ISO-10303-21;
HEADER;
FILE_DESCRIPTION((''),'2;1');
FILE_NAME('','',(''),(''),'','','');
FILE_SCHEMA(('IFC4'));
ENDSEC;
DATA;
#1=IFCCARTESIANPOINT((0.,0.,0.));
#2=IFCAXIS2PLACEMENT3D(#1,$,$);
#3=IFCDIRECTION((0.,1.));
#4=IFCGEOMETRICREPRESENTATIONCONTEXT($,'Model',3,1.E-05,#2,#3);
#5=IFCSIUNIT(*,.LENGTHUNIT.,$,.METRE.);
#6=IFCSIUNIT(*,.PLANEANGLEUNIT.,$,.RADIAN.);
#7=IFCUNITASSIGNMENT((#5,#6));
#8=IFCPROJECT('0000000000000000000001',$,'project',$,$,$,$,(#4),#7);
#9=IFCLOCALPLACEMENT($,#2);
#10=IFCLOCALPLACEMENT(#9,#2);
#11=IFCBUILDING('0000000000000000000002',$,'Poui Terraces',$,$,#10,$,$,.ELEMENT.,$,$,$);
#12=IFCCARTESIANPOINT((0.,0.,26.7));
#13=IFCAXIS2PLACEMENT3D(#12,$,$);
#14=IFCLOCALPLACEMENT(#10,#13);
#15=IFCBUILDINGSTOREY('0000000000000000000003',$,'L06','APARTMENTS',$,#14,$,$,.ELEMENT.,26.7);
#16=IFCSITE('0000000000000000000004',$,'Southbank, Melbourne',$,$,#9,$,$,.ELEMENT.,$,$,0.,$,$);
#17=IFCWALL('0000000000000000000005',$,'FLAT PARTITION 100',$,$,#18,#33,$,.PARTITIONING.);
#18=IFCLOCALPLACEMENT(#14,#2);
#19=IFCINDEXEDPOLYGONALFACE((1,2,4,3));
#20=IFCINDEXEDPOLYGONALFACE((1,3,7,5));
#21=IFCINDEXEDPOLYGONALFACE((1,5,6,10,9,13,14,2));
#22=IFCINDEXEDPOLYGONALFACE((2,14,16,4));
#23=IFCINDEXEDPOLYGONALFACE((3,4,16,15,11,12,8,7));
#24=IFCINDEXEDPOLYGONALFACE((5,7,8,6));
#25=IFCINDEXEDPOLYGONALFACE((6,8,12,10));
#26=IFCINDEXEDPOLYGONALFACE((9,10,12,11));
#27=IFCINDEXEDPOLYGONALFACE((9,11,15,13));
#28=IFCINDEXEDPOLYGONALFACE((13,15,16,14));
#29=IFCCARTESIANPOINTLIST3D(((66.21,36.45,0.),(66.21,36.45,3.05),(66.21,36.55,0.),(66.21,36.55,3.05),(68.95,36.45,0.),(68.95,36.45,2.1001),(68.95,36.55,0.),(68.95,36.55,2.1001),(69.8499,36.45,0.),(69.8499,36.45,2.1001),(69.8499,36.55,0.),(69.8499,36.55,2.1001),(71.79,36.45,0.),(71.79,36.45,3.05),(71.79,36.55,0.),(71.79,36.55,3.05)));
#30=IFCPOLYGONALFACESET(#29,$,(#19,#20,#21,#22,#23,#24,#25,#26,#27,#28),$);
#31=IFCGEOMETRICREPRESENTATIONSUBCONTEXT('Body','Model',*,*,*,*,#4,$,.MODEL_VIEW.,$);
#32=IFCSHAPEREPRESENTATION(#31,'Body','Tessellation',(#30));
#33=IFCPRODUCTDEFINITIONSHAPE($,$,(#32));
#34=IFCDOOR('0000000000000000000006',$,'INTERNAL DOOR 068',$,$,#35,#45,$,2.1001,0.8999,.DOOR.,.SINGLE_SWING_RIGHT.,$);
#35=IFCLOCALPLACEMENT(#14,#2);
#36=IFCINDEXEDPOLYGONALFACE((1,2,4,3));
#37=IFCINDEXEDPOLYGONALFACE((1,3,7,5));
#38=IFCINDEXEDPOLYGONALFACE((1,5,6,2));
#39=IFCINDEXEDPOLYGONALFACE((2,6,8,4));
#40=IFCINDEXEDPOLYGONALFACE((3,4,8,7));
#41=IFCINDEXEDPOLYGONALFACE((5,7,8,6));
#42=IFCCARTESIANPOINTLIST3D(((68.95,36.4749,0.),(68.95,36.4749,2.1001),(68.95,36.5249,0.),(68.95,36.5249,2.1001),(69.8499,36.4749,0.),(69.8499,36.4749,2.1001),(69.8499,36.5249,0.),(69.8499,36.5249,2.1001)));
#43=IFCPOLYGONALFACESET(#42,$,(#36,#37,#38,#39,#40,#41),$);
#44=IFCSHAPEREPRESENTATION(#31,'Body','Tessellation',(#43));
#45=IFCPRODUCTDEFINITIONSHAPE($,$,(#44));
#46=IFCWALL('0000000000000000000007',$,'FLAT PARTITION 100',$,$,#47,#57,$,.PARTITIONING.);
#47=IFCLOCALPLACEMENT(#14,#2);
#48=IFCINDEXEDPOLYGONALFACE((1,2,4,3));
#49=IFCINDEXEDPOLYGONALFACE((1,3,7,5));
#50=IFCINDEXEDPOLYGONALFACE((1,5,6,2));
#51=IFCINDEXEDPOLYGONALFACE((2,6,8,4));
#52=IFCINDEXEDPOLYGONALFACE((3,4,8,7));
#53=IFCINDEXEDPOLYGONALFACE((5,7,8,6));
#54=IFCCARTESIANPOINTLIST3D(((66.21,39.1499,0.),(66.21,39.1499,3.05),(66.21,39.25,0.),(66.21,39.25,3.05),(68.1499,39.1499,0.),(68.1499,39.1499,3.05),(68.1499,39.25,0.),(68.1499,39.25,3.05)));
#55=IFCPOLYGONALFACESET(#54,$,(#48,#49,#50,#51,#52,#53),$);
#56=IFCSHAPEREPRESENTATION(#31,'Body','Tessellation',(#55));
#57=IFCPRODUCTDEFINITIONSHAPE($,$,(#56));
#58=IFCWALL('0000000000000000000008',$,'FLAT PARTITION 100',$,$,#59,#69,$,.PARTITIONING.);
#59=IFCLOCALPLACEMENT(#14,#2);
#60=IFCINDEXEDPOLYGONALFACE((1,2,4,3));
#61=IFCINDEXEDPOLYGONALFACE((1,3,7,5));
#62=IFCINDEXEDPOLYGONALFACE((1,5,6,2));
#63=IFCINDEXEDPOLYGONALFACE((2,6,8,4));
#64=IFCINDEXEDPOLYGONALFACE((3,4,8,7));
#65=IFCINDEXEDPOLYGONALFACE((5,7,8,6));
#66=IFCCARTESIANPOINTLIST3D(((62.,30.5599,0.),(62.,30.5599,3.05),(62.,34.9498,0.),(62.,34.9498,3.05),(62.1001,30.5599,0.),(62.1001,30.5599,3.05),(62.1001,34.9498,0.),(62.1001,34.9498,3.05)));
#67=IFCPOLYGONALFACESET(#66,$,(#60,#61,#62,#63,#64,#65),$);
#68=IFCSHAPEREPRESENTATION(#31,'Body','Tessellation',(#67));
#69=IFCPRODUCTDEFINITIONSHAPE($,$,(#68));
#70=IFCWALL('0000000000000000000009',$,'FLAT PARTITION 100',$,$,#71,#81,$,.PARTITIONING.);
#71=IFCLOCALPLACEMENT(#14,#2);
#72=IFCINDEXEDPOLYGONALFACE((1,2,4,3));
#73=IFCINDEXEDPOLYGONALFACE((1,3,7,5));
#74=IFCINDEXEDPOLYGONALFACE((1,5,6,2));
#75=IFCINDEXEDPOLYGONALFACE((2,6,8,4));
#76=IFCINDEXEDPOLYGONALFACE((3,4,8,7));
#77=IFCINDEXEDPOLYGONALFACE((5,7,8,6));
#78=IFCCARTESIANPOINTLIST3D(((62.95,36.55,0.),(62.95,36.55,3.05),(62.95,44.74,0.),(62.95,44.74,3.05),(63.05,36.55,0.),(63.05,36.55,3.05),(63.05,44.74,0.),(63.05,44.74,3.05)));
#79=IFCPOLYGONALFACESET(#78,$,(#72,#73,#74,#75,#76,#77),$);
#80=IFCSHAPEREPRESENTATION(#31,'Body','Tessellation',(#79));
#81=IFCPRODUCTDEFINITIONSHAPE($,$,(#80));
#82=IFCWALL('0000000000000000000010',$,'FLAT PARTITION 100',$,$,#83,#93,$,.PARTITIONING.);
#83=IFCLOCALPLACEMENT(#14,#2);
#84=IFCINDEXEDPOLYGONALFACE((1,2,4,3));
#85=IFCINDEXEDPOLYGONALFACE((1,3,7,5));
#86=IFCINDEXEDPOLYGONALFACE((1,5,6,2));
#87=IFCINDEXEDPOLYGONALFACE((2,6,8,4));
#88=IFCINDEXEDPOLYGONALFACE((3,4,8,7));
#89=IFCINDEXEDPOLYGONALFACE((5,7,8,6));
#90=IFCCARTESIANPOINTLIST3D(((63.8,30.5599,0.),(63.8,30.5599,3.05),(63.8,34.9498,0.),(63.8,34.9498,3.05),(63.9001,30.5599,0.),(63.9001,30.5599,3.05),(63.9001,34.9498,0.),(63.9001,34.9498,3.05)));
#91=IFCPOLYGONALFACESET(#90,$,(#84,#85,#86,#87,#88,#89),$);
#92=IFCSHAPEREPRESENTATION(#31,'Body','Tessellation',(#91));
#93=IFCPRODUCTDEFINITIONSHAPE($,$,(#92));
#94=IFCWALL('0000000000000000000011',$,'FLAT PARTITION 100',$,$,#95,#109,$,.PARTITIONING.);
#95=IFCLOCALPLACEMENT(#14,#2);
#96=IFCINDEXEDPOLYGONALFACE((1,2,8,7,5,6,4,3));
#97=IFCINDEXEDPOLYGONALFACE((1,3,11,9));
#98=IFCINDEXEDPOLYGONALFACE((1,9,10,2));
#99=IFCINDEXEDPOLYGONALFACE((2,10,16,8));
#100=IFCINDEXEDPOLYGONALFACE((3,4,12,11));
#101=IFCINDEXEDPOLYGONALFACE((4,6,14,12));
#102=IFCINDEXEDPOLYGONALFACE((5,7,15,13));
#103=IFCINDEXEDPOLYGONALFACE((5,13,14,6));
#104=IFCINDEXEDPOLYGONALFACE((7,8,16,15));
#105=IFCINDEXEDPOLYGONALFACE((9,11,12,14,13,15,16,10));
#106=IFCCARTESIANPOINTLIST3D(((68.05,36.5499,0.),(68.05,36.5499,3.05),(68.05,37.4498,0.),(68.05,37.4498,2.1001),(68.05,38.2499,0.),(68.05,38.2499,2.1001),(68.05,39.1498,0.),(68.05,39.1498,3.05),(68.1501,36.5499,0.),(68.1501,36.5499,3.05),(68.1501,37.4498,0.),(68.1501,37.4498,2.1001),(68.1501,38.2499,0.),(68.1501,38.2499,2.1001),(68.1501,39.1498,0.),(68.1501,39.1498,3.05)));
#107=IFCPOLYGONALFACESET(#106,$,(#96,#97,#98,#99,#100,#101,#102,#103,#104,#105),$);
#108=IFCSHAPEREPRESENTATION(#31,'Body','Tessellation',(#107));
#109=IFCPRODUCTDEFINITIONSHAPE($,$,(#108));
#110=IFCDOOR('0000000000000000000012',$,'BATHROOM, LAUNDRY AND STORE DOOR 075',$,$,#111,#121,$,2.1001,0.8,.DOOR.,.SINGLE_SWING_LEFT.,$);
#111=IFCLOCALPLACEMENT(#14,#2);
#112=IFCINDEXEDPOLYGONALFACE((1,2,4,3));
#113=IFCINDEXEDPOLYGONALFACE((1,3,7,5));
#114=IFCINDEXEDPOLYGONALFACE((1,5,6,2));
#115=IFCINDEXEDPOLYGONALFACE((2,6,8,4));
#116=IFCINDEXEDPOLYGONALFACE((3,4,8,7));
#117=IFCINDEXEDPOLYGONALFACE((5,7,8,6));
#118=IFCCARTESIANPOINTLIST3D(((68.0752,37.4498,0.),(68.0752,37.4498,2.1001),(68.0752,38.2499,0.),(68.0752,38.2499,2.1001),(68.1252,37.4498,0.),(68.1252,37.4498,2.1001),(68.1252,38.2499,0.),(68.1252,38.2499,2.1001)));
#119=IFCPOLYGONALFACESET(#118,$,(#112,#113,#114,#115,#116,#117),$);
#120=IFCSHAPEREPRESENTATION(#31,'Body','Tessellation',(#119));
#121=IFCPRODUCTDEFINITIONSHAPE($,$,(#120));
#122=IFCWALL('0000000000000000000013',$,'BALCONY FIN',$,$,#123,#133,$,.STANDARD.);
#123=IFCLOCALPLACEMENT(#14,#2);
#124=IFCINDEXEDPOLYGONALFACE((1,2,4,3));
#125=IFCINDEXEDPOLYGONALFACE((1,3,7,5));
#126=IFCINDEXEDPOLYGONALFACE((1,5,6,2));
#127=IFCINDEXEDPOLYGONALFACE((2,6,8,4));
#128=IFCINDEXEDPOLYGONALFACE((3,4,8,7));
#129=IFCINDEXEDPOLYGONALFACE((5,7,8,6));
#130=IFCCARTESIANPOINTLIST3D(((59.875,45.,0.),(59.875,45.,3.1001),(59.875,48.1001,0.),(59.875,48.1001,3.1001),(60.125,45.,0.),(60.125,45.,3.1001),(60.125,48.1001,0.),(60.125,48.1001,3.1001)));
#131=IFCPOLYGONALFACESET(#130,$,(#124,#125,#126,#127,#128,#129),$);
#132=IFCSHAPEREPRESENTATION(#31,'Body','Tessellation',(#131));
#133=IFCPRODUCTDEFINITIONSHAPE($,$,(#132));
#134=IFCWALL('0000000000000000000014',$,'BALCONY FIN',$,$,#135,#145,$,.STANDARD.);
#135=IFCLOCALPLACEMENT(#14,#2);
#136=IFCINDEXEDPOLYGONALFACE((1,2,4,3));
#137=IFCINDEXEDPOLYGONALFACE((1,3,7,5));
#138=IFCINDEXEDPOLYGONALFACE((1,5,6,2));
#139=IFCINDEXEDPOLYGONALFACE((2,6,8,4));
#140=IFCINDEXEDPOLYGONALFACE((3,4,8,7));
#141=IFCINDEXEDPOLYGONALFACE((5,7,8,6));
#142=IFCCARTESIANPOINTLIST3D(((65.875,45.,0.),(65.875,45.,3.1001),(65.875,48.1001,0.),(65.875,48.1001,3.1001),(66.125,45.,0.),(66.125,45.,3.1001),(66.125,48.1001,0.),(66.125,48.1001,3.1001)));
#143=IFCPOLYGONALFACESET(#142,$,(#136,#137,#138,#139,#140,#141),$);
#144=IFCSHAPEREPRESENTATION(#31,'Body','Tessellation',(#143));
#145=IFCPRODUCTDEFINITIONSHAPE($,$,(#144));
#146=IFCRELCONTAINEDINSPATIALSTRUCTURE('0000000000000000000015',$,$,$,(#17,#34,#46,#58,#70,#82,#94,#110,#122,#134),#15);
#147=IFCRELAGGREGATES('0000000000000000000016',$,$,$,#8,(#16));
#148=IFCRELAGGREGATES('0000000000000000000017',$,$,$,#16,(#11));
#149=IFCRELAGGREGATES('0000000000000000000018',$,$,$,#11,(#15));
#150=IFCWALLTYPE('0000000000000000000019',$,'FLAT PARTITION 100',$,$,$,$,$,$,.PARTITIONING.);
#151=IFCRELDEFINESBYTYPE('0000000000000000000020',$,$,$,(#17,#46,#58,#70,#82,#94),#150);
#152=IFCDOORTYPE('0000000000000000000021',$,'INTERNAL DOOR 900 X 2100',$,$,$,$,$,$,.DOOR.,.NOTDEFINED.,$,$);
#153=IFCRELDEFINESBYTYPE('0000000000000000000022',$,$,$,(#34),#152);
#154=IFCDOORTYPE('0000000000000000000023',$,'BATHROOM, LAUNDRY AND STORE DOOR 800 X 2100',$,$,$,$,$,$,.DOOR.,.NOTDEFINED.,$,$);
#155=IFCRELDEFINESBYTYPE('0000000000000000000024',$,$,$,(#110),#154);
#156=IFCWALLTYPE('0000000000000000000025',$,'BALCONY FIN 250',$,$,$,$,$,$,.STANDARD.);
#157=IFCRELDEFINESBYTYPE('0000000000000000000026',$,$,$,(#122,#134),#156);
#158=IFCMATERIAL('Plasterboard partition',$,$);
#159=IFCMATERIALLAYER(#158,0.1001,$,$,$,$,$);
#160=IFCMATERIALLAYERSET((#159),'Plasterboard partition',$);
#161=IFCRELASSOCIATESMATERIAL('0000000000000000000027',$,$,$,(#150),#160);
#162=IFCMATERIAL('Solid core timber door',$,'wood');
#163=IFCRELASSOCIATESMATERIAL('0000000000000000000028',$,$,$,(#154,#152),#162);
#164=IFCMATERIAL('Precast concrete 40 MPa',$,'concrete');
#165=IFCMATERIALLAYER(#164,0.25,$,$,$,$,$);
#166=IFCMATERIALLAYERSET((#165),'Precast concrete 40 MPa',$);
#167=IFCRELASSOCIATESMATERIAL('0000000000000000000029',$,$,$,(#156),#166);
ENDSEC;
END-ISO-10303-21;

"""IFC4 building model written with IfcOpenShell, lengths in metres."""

from ifc_helpers import new_model, si_unit, direction, frame, frame_2d, origin, place, context, subcontext, project, spatial, polyline, rectangle, outline, extrude, source, transform, mapped, material, layer, layer_set, type_object, element, fill, save


model = new_model("IFC4")

# Units and contexts
model_context = context("Model", 3, precision=1e-05, world=origin(), true_north=direction((0.0, 1.0)))
body_context = subcontext(model_context, "Body", "Model", "MODEL_VIEW")
ifc_project = project(units=[si_unit("LENGTHUNIT", "METRE"), si_unit("PLANEANGLEUNIT", "RADIAN")], contexts=[model_context])

# Site, building, storey
site_placement = place(None, origin())
site = spatial("IfcSite", under=ifc_project, at=site_placement, Name="Southbank, Melbourne", CompositionType="ELEMENT", RefElevation=0.0)
building_placement = place(site_placement, origin())
building = spatial("IfcBuilding", under=site, at=building_placement, Name="Poui Terraces", CompositionType="ELEMENT")
storey_placement = place(building_placement, frame((0.0, 0.0, 26.7)))
storey = spatial("IfcBuildingStorey", under=building, at=storey_placement, Name="L06", Description="APARTMENTS", CompositionType="ELEMENT", Elevation=26.7)

# Shared definitions
ifc_material_1 = material(Name="Plasterboard partition")
ifc_layer_1 = layer(ifc_material_1, 0.1001)
ifc_layer_set_1 = layer_set([ifc_layer_1], Name="Plasterboard partition")
wall_type_1 = type_object("IfcWallType", Name="FLAT PARTITION 100", PredefinedType="PARTITIONING", material=ifc_layer_set_1)
ifc_material_2 = material(Name="Solid core timber door", Category="wood")
door_type_1 = type_object("IfcDoorType", Name="BATHROOM, LAUNDRY AND STORE DOOR 800 X 2100", OperationType="NOTDEFINED", PredefinedType="DOOR", material=ifc_material_2)
door_type_2 = type_object("IfcDoorType", Name="INTERNAL DOOR 900 X 2100", OperationType="NOTDEFINED", PredefinedType="DOOR", material=ifc_material_2)

# Wall, opening, door
wall_1_placement = place(storey_placement, frame((66.21, 36.5, 0.0), z_axis=(0.0, 0.0, 1.0), x_axis=(1.0, 0.0, 0.0)))
wall_1 = element("IfcWall", 1, at=wall_1_placement, inside=storey, type_object=wall_type_1, Name="FLAT PARTITION 100", PredefinedType="PARTITIONING", context=body_context, shape_type="SweptSolid", body=[
    extrude(rectangle(XDim=5.5801, YDim=0.1001, at=frame_2d((2.79, 0.0))), origin(), (0.0, 0.0, 1.0), 3.05),
])
opening_1_placement = place(wall_1_placement, frame((2.74, 0.0, 0.0)))
opening_1 = element("IfcOpeningElement", 2, at=opening_1_placement, cuts=wall_1, PredefinedType="OPENING", context=body_context, shape_type="SweptSolid", body=[
    extrude(rectangle(XDim=0.8999, YDim=2.1001, at=frame_2d((0.45, 1.05))), frame((0.0, 0.0601, 0.0), z_axis=(0.0, -1.0, 0.0), x_axis=(1.0, 0.0, 0.0)), (0.0, 0.0, 1.0), 0.1201),
])
door_1_placement = place(opening_1_placement, origin())
door_1 = element("IfcDoor", 3, at=door_1_placement, inside=storey, type_object=door_type_2, Name="INTERNAL DOOR 068", OperationType="SINGLE_SWING_RIGHT", OverallHeight=2.1001, OverallWidth=0.8999, PredefinedType="DOOR", context=body_context, shape_type="SweptSolid", body=[
    extrude(rectangle(XDim=0.8999, YDim=2.1001, at=frame_2d((0.45, 1.05))), frame((0.0, 0.0249, 0.0), z_axis=(0.0, -1.0, 0.0), x_axis=(1.0, 0.0, 0.0)), (0.0, 0.0, 1.0), 0.05),
])
fill(opening_1, door_1)

# Walls
wall_2_placement = place(storey_placement, frame((66.21, 39.2, 0.0), z_axis=(0.0, 0.0, 1.0), x_axis=(1.0, 0.0, 0.0)))
element("IfcWall", 4, at=wall_2_placement, inside=storey, type_object=wall_type_1, Name="FLAT PARTITION 100", PredefinedType="PARTITIONING", context=body_context, shape_type="SweptSolid", body=[
    extrude(rectangle(XDim=1.9399, YDim=0.1001, at=frame_2d((0.97, 0.0))), origin(), (0.0, 0.0, 1.0), 3.05),
])
wall_3_placement = place(storey_placement, frame((62.05, 30.5601, 0.0), z_axis=(0.0, 0.0, 1.0), x_axis=(0.0, 1.0, 0.0)))
element("IfcWall", 5, at=wall_3_placement, inside=storey, type_object=wall_type_1, Name="FLAT PARTITION 100", PredefinedType="PARTITIONING", context=body_context, shape_type="SweptSolid", body=[
    extrude(rectangle(XDim=4.3899, YDim=0.1001, at=frame_2d((2.1948, 0.0))), origin(), (0.0, 0.0, 1.0), 3.05),
])
wall_4_placement = place(storey_placement, frame((63.0, 36.55, 0.0), z_axis=(0.0, 0.0, 1.0), x_axis=(0.0, 1.0, 0.0)))
element("IfcWall", 6, at=wall_4_placement, inside=storey, type_object=wall_type_1, Name="FLAT PARTITION 100", PredefinedType="PARTITIONING", context=body_context, shape_type="SweptSolid", body=[
    extrude(rectangle(XDim=8.1899, YDim=0.1001, at=frame_2d((4.095, 0.0))), origin(), (0.0, 0.0, 1.0), 3.05),
])
wall_5_placement = place(storey_placement, frame((63.8501, 30.5601, 0.0), z_axis=(0.0, 0.0, 1.0), x_axis=(0.0, 1.0, 0.0)))
element("IfcWall", 7, at=wall_5_placement, inside=storey, type_object=wall_type_1, Name="FLAT PARTITION 100", PredefinedType="PARTITIONING", context=body_context, shape_type="SweptSolid", body=[
    extrude(rectangle(XDim=4.3899, YDim=0.1001, at=frame_2d((2.1948, 0.0))), origin(), (0.0, 0.0, 1.0), 3.05),
])

# Wall, opening, door
wall_6_placement = place(storey_placement, frame((68.1001, 36.55, 0.0), z_axis=(0.0, 0.0, 1.0), x_axis=(0.0, 1.0, 0.0)))
wall_6 = element("IfcWall", 8, at=wall_6_placement, inside=storey, type_object=wall_type_1, Name="FLAT PARTITION 100", PredefinedType="PARTITIONING", context=body_context, shape_type="SweptSolid", body=[
    extrude(rectangle(XDim=2.5999, YDim=0.1001, at=frame_2d((1.2998, 0.0))), origin(), (0.0, 0.0, 1.0), 3.05),
])
opening_2_placement = place(wall_6_placement, frame((0.8999, 0.0, 0.0)))
opening_2 = element("IfcOpeningElement", 9, at=opening_2_placement, cuts=wall_6, PredefinedType="OPENING", context=body_context, shape_type="SweptSolid", body=[
    extrude(rectangle(XDim=0.8, YDim=2.1001, at=frame_2d((0.3999, 1.05))), frame((0.0, 0.0601, 0.0), z_axis=(0.0, -1.0, 0.0), x_axis=(1.0, 0.0, 0.0)), (0.0, 0.0, 1.0), 0.1201),
])
door_2_placement = place(opening_2_placement, origin())
door_2 = element("IfcDoor", 10, at=door_2_placement, inside=storey, type_object=door_type_1, Name="BATHROOM, LAUNDRY AND STORE DOOR 075", OperationType="SINGLE_SWING_LEFT", OverallHeight=2.1001, OverallWidth=0.8, PredefinedType="DOOR", context=body_context, shape_type="SweptSolid", body=[
    extrude(rectangle(XDim=0.8, YDim=2.1001, at=frame_2d((0.3999, 1.05))), frame((0.0, 0.0249, 0.0), z_axis=(0.0, -1.0, 0.0), x_axis=(1.0, 0.0, 0.0)), (0.0, 0.0, 1.0), 0.05),
])
fill(opening_2, door_2)

# Walls
ifc_material_3 = material(Name="Precast concrete 40 MPa", Category="concrete")
ifc_layer_2 = layer(ifc_material_3, 0.25)
ifc_layer_set_2 = layer_set([ifc_layer_2], Name="Precast concrete 40 MPa")
wall_type_2 = type_object("IfcWallType", Name="BALCONY FIN 250", PredefinedType="STANDARD", material=ifc_layer_set_2)
shared_shape_1 = source(origin(), body_context, "Body", "SweptSolid", [
    extrude(outline(polyline([(0.0, 0.0), (0.25, 0.0), (0.25, 3.1001), (0.0, 3.1001), (0.0, 0.0)])), origin(), (0.0, 0.0, 1.0), 3.1001),
])
for number, where, name in (
    (11, (59.875, 45.0, 0.0), "BALCONY FIN"),
    (12, (65.875, 45.0, 0.0), "BALCONY FIN"),
):
    element("IfcWall", number, at=place(storey_placement, frame(where)), inside=storey, type_object=wall_type_2, Name=name, PredefinedType="STANDARD", context=body_context, shape_type="MappedRepresentation", body=[
        mapped(shared_shape_1, transform((0.0, 0.0, 0.0))),
    ])

save(model, "model.ifc")
